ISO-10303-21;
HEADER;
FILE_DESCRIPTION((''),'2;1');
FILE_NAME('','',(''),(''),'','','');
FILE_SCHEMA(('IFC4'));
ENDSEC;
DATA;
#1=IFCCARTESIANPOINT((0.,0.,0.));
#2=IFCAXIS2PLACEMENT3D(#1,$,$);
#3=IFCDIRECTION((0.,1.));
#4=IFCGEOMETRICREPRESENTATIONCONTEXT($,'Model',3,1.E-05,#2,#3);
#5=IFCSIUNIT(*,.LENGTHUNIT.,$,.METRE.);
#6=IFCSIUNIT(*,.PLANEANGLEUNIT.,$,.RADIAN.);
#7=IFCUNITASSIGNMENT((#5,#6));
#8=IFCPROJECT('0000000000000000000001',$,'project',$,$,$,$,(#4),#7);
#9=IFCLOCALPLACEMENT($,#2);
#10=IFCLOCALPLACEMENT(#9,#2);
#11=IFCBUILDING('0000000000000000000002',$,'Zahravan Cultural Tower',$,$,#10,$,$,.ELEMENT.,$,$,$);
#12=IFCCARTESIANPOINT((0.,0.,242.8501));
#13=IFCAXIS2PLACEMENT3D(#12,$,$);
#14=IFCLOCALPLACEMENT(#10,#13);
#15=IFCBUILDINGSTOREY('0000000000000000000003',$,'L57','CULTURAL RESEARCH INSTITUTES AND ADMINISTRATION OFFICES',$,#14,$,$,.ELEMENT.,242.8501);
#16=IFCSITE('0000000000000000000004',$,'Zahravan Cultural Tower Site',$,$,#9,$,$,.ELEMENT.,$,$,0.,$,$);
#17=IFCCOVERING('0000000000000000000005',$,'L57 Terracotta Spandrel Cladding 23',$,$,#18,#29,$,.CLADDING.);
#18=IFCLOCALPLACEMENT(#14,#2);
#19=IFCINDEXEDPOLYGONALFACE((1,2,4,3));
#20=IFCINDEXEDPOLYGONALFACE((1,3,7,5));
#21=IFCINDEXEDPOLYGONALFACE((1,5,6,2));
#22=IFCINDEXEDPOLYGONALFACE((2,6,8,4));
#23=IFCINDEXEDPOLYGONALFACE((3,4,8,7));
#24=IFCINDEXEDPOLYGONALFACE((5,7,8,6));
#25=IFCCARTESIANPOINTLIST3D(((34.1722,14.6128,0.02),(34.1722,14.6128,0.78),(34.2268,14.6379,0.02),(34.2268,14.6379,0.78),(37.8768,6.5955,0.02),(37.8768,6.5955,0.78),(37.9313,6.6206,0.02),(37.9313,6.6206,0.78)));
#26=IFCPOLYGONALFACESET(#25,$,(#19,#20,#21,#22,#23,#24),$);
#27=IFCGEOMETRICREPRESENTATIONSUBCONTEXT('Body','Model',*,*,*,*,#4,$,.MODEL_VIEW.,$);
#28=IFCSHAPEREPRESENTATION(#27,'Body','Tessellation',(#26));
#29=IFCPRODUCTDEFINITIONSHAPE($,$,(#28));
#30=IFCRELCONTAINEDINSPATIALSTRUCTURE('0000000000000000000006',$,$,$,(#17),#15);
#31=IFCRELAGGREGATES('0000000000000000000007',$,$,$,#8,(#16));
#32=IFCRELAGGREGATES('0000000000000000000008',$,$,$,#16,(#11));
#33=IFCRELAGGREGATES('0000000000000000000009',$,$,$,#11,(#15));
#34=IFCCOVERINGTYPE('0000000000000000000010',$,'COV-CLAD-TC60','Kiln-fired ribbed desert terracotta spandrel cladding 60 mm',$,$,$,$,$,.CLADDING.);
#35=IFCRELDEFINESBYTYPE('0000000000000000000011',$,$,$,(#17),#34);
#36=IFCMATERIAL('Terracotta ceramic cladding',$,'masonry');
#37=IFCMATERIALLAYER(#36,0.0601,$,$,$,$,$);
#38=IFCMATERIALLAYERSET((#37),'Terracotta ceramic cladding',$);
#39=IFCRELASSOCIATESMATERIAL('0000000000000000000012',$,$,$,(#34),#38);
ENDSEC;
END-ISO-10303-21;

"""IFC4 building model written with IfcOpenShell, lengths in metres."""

from ifc_helpers import new_model, si_unit, direction, frame, origin, origin_2d, place, context, subcontext, project, spatial, rectangle, extrude, source, transform, mapped, material, layer, layer_set, type_object, element, save


model = new_model("IFC4")

# Units and contexts
model_context = context("Model", 3, precision=1e-05, world=origin(), true_north=direction((0.0, 1.0)))
body_context = subcontext(model_context, "Body", "Model", "MODEL_VIEW")
ifc_project = project(units=[si_unit("LENGTHUNIT", "METRE"), si_unit("PLANEANGLEUNIT", "RADIAN")], contexts=[model_context])

# Site, building, storey
site_placement = place(None, origin())
site = spatial("IfcSite", under=ifc_project, at=site_placement, Name="Zahravan Cultural Tower Site", CompositionType="ELEMENT", RefElevation=0.0)
building_placement = place(site_placement, origin())
building = spatial("IfcBuilding", under=site, at=building_placement, Name="Zahravan Cultural Tower", CompositionType="ELEMENT")
storey_placement = place(building_placement, frame((0.0, 0.0, 242.8501)))
storey = spatial("IfcBuildingStorey", under=building, at=storey_placement, Name="L57", Description="CULTURAL RESEARCH INSTITUTES AND ADMINISTRATION OFFICES", CompositionType="ELEMENT", Elevation=242.8501)

# Covering
ifc_material_1 = material(Name="Terracotta ceramic cladding", Category="masonry")
ifc_layer_1 = layer(ifc_material_1, 0.0601)
ifc_layer_set_1 = layer_set([ifc_layer_1], Name="Terracotta ceramic cladding")
covering_type = type_object("IfcCoveringType", Name="COV-CLAD-TC60", Description="Kiln-fired ribbed desert terracotta spandrel cladding 60 mm", PredefinedType="CLADDING", material=ifc_layer_set_1)
shared_shape_1 = source(origin(), body_context, "Body", "SweptSolid", [
    extrude(rectangle(XDim=8.8318, YDim=0.0601, at=origin_2d()), origin(), (0.0, 0.0, 1.0), 0.76),
])
covering_1_placement = place(storey_placement, frame((36.0518, 10.6167, 0.02), z_axis=(0.0, 0.0, 1.0), x_axis=(-0.419452, 0.907777, 0.0)))
element("IfcCovering", 1, at=covering_1_placement, inside=storey, type_object=covering_type, Name="L57 Terracotta Spandrel Cladding 23", PredefinedType="CLADDING", context=body_context, shape_type="MappedRepresentation", body=[
    mapped(shared_shape_1, transform((0.0, 0.0, 0.0), x_axis=(1.0, 0.0, 0.0), y_axis=(0.0, 1.0, 0.0), z_axis=(0.0, 0.0, 1.0), scale=1.0)),
])

save(model, "model.ifc")
